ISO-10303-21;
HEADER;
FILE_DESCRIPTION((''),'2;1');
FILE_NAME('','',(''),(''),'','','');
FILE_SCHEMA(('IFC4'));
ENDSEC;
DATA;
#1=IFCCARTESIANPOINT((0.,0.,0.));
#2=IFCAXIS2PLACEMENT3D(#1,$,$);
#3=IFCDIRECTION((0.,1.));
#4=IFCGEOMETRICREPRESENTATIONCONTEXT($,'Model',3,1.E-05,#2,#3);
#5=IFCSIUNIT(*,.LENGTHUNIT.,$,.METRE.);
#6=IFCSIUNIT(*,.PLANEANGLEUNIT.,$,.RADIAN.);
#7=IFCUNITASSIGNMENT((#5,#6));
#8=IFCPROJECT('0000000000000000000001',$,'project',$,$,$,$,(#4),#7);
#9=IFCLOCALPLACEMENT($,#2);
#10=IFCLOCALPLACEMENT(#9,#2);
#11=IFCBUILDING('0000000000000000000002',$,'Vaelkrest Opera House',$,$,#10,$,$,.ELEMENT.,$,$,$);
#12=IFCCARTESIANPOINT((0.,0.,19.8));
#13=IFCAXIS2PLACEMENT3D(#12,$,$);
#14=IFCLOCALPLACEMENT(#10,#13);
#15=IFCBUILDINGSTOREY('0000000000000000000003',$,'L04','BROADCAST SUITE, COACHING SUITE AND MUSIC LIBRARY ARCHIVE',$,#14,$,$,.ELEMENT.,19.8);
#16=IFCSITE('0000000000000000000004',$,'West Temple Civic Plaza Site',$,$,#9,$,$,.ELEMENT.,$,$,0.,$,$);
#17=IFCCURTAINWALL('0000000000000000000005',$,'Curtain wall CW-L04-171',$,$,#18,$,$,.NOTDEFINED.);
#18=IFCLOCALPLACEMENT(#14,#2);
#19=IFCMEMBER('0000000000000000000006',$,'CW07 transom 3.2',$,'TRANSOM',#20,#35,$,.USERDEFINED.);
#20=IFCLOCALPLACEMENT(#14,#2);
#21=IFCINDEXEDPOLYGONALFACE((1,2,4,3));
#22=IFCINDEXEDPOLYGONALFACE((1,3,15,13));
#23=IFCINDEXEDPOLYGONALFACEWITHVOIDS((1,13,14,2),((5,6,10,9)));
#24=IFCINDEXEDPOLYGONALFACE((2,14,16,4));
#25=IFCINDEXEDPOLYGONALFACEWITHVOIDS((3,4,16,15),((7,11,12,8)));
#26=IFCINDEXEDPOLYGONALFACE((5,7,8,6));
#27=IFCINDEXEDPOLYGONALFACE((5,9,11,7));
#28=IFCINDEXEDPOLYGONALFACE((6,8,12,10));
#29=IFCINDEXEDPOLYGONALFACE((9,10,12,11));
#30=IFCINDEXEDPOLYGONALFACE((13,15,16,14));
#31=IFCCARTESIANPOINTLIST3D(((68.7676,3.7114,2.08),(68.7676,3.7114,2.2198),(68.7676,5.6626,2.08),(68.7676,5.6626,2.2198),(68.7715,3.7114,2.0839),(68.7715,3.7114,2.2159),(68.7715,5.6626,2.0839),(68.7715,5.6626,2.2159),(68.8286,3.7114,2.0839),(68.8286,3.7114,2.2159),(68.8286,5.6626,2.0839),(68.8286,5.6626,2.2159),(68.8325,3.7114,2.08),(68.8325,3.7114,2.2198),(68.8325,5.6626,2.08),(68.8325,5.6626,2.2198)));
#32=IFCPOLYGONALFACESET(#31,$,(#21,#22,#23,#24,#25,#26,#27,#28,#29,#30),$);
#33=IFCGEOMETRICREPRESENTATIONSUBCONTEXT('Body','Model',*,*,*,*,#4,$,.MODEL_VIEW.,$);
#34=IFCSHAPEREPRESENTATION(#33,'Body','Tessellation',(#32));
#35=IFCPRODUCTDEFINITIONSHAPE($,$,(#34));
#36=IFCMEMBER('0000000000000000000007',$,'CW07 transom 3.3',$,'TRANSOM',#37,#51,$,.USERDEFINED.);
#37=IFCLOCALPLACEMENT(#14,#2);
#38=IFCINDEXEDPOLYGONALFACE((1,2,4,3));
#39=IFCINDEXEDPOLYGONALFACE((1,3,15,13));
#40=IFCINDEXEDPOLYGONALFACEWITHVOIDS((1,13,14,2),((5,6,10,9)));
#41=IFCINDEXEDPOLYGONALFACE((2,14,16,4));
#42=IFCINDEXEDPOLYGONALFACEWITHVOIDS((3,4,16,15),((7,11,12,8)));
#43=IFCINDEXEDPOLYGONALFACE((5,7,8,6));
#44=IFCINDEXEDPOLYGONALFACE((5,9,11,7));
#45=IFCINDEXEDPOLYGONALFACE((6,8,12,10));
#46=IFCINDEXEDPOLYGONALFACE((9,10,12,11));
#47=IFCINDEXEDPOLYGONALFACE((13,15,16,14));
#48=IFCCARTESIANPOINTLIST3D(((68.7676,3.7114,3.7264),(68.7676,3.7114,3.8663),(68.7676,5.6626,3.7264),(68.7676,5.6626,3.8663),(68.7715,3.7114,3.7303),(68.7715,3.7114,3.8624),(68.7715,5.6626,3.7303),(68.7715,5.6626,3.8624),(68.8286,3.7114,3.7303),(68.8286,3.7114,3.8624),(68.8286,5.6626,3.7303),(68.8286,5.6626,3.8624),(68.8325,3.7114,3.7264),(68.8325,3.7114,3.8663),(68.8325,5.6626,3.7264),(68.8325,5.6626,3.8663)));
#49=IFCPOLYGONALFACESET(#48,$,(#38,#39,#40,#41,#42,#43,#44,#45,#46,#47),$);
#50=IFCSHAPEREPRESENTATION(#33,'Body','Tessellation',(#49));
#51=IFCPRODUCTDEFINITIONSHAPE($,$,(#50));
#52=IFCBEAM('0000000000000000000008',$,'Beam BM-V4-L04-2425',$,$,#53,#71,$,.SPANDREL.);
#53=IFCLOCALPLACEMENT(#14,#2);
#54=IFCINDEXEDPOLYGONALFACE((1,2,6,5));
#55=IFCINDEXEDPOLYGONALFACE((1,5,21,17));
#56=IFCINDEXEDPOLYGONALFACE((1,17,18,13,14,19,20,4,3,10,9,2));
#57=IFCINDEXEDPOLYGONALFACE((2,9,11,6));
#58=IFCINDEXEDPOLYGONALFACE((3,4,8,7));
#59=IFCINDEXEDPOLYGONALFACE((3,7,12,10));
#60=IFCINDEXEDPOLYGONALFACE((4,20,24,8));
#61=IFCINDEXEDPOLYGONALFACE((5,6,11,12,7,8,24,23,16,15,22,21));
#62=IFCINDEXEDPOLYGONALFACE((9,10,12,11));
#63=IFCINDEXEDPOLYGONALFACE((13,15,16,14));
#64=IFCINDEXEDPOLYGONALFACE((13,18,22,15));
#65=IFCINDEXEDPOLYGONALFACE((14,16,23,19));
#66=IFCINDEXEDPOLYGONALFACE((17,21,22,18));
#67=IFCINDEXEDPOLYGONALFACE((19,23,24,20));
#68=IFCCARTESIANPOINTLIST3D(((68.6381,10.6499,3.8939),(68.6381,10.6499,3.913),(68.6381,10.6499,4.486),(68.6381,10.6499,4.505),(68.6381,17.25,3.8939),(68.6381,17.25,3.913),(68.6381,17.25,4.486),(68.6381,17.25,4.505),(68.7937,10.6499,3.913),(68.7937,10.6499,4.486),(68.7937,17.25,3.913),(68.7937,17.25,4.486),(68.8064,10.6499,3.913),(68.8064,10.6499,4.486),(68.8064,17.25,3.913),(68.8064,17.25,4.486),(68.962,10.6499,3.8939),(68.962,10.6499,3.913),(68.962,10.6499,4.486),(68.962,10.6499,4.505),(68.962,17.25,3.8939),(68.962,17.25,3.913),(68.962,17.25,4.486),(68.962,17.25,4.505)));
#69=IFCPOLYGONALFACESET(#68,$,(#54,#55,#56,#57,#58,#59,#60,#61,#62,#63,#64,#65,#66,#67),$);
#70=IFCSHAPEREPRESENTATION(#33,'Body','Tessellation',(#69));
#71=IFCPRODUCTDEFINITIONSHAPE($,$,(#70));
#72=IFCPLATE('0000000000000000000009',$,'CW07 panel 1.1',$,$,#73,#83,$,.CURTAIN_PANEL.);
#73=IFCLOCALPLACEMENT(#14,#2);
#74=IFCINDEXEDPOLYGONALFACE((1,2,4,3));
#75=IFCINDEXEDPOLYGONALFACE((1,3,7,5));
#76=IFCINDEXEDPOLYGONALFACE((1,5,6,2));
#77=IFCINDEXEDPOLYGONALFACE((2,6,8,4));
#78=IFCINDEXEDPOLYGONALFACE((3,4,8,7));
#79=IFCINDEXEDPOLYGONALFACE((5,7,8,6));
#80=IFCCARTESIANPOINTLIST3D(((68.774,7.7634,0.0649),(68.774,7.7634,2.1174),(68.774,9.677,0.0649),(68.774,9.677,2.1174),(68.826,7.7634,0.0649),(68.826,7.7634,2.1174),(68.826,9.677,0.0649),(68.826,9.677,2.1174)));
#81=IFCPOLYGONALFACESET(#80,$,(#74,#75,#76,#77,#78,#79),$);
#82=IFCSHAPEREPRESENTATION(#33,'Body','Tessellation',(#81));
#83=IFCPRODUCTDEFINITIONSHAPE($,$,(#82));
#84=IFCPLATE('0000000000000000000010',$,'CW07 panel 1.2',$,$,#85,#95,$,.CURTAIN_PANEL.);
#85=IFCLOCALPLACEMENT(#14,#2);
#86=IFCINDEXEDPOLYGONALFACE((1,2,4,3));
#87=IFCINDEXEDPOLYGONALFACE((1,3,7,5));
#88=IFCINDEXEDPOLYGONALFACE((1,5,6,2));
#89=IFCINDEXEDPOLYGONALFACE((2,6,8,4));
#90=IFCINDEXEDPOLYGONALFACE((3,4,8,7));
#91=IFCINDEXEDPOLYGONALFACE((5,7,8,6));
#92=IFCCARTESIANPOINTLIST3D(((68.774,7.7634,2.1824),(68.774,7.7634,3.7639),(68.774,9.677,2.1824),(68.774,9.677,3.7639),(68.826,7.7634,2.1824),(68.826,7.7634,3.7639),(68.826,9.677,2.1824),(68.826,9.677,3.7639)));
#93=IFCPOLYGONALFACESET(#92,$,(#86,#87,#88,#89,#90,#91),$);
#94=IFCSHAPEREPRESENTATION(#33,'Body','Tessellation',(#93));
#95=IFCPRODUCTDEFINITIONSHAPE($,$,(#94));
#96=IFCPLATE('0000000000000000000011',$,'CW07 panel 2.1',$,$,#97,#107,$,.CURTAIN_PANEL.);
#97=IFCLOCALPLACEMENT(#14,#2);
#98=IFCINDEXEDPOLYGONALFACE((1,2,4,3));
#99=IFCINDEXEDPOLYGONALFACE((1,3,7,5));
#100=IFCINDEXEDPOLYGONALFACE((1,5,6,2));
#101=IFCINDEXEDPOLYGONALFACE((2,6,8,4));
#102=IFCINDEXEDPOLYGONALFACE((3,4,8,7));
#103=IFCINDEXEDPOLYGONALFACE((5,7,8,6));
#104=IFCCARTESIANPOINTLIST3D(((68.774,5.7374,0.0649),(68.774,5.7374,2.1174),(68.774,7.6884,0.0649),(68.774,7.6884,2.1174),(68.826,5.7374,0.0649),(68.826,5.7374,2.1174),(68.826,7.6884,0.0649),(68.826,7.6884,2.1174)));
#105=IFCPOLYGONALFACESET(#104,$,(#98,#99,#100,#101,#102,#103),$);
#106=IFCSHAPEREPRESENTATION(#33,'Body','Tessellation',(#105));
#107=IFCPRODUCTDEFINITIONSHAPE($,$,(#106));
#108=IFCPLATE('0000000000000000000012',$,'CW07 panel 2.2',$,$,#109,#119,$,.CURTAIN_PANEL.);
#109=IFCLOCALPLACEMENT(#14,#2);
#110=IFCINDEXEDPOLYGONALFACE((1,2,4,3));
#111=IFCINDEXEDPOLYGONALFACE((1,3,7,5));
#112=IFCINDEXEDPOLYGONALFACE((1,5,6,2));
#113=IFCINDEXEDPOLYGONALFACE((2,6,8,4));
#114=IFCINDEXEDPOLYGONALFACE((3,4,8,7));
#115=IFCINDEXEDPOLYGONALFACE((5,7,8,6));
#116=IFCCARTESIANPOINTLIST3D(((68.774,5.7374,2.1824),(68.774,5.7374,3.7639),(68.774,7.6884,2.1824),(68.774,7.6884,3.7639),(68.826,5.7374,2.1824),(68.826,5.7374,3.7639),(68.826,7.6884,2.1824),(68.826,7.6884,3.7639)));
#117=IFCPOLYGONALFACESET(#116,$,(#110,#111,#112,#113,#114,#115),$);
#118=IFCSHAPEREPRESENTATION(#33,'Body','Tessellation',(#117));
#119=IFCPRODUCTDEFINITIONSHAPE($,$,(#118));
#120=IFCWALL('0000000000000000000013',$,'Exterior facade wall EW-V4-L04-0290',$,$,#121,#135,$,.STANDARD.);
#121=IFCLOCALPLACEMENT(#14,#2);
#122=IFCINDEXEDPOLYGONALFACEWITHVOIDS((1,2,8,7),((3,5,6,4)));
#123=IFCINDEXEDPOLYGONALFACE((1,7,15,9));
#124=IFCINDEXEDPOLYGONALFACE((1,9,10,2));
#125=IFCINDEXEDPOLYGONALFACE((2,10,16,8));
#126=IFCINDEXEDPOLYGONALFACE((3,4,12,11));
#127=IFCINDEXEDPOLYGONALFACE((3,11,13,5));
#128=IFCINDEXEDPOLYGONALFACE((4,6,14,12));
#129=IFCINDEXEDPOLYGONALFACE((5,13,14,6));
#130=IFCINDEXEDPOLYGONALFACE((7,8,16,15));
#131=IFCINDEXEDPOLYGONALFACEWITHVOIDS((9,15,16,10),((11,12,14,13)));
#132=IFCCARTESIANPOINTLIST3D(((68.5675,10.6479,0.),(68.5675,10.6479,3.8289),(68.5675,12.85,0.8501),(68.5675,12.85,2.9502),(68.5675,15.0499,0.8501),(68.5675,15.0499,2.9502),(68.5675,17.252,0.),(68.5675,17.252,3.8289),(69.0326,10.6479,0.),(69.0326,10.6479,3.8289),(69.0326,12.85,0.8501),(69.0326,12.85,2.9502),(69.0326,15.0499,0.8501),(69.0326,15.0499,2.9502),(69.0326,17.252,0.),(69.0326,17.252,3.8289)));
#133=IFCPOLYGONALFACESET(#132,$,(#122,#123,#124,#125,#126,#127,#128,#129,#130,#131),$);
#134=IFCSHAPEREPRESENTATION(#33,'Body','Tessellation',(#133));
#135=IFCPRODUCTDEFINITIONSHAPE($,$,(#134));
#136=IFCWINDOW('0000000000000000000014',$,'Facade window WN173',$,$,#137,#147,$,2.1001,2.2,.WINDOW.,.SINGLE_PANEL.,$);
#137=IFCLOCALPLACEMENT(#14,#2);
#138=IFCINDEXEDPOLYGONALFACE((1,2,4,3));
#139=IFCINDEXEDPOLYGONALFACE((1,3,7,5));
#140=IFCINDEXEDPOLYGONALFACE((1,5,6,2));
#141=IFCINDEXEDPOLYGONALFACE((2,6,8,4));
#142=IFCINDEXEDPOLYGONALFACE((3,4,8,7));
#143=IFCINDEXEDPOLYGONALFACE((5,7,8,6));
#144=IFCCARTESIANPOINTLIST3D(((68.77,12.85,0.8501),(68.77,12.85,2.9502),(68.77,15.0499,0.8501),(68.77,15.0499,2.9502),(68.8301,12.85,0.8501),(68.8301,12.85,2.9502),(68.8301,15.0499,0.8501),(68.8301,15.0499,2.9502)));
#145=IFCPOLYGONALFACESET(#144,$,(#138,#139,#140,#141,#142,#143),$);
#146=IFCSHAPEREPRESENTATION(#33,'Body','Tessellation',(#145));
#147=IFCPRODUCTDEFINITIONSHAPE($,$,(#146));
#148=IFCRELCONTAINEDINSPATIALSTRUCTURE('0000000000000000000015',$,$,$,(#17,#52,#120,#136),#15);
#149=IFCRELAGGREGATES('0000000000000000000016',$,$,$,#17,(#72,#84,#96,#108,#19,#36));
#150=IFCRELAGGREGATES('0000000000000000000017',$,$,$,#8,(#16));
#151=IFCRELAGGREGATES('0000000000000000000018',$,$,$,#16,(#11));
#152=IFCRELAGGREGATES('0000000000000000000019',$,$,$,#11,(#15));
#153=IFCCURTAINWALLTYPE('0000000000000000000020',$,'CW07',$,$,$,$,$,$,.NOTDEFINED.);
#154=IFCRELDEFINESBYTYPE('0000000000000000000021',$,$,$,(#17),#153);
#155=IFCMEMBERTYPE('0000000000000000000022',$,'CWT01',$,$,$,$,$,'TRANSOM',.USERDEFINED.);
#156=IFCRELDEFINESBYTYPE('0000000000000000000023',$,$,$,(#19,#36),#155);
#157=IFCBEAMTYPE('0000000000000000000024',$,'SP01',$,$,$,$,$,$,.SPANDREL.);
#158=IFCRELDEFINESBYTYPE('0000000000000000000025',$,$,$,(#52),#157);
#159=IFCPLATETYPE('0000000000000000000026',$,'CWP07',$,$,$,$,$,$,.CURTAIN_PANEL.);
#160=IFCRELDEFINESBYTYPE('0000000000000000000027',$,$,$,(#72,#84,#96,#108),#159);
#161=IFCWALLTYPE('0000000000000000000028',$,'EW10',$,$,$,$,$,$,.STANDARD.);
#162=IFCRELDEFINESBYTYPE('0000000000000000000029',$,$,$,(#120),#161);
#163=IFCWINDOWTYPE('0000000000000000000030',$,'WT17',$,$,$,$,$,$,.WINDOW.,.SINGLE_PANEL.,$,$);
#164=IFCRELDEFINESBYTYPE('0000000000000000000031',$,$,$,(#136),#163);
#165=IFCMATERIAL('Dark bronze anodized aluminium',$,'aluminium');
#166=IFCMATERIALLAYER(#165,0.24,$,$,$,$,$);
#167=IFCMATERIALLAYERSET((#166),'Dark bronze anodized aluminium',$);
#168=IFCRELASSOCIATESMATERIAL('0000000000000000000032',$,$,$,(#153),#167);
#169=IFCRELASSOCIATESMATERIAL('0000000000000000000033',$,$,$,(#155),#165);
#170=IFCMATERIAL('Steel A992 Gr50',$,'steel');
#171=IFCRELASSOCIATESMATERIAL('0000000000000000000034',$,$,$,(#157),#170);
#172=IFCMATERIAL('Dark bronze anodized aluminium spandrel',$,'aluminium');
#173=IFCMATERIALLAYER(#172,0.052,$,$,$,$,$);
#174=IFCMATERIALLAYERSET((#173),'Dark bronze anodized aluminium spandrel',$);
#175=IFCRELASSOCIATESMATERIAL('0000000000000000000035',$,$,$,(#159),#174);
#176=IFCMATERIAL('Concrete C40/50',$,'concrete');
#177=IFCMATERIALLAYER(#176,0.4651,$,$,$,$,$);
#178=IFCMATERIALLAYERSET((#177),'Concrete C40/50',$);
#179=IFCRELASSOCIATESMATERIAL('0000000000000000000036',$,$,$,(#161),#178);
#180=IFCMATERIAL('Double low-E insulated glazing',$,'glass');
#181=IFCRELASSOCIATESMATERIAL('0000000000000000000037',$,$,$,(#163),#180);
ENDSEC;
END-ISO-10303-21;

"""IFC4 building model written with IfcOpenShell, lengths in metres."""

from ifc_helpers import new_model, si_unit, direction, frame, frame_2d, origin, origin_2d, place, context, subcontext, project, spatial, rectangle, hollow_rectangle, i_section, extrude, material, layer, layer_set, material_profile, profile_set, type_object, element, fill, aggregate, save


model = new_model("IFC4")

# Units and contexts
model_context = context("Model", 3, precision=1e-05, world=origin(), true_north=direction((0.0, 1.0)))
body_context = subcontext(model_context, "Body", "Model", "MODEL_VIEW")
ifc_project = project(units=[si_unit("LENGTHUNIT", "METRE"), si_unit("PLANEANGLEUNIT", "RADIAN")], contexts=[model_context])

# Site, building, storey
site_placement = place(None, origin())
site = spatial("IfcSite", under=ifc_project, at=site_placement, Name="West Temple Civic Plaza Site", CompositionType="ELEMENT", RefElevation=0.0)
building_placement = place(site_placement, origin())
building = spatial("IfcBuilding", under=site, at=building_placement, Name="Vaelkrest Opera House", CompositionType="ELEMENT")
storey_placement = place(building_placement, frame((0.0, 0.0, 19.8)))
storey = spatial("IfcBuildingStorey", under=building, at=storey_placement, Name="L04", Description="BROADCAST SUITE, COACHING SUITE AND MUSIC LIBRARY ARCHIVE", CompositionType="ELEMENT", Elevation=19.8)

# Curtain wall, members
ifc_material_1 = material(Name="Dark bronze anodized aluminium", Category="aluminium")
ifc_layer_1 = layer(ifc_material_1, 0.24)
ifc_layer_set_1 = layer_set([ifc_layer_1], Name="Dark bronze anodized aluminium")
curtain_wall_type = type_object("IfcCurtainWallType", Name="CW07", PredefinedType="NOTDEFINED", material=ifc_layer_set_1)
curtain_wall_placement = place(storey_placement, origin())
curtain_wall = element("IfcCurtainWall", 1, at=curtain_wall_placement, inside=storey, type_object=curtain_wall_type, Name="Curtain wall CW-L04-171", PredefinedType="NOTDEFINED")
ifc_material_profile_1 = material_profile(ifc_material_1, hollow_rectangle(XDim=0.0649, YDim=0.1399, WallThickness=0.0039, at=origin_2d()), Name="CWT65X140")
ifc_profile_set_1 = profile_set([ifc_material_profile_1], Name="Dark bronze anodized aluminium")
member_type_1 = type_object("IfcMemberType", Name="CWT01", ElementType="TRANSOM", PredefinedType="USERDEFINED", material=ifc_profile_set_1)
member_1_placement = place(storey_placement, frame((68.8, 5.6626, 2.1499), z_axis=(0.0, -1.0, 0.0), x_axis=(1.0, 0.0, 0.0)))
member_1 = element("IfcMember", 2, at=member_1_placement, type_object=member_type_1, Name="CW07 transom 3.2", ObjectType="TRANSOM", PredefinedType="USERDEFINED", context=body_context, shape_type="SweptSolid", body=[
    extrude(hollow_rectangle(XDim=0.0649, YDim=0.1399, WallThickness=0.0039, at=origin_2d()), origin(), (0.0, 0.0, 1.0), 1.9512),
])
member_2_placement = place(storey_placement, frame((68.8, 5.6626, 3.7964), z_axis=(0.0, -1.0, 0.0), x_axis=(1.0, 0.0, 0.0)))
member_2 = element("IfcMember", 3, at=member_2_placement, type_object=member_type_1, Name="CW07 transom 3.3", ObjectType="TRANSOM", PredefinedType="USERDEFINED", context=body_context, shape_type="SweptSolid", body=[
    extrude(hollow_rectangle(XDim=0.0649, YDim=0.1399, WallThickness=0.0039, at=origin_2d()), origin(), (0.0, 0.0, 1.0), 1.9512),
])

# Beam
ifc_material_2 = material(Name="Steel A992 Gr50", Category="steel")
ifc_material_profile_2 = material_profile(ifc_material_2, i_section(OverallWidth=0.324, OverallDepth=0.6111, WebThickness=0.0127, FlangeThickness=0.019, at=origin_2d()), Name="W24X104")
ifc_profile_set_2 = profile_set([ifc_material_profile_2], Name="Steel A992 Gr50")
beam_type = type_object("IfcBeamType", Name="SP01", PredefinedType="SPANDREL", material=ifc_profile_set_2)
beam_placement = place(storey_placement, frame((68.8, 10.6499, 4.1995), z_axis=(0.0, 1.0, 0.0), x_axis=(-1.0, 0.0, 0.0)))
element("IfcBeam", 4, at=beam_placement, inside=storey, type_object=beam_type, Name="Beam BM-V4-L04-2425", PredefinedType="SPANDREL", context=body_context, shape_type="SweptSolid", body=[
    extrude(i_section(OverallWidth=0.324, OverallDepth=0.6111, WebThickness=0.0127, FlangeThickness=0.019, at=origin_2d()), origin(), (0.0, 0.0, 1.0), 6.6001),
])

# Plates
ifc_material_3 = material(Name="Dark bronze anodized aluminium spandrel", Category="aluminium")
ifc_layer_2 = layer(ifc_material_3, 0.052)
ifc_layer_set_2 = layer_set([ifc_layer_2], Name="Dark bronze anodized aluminium spandrel")
plate_type = type_object("IfcPlateType", Name="CWP07", PredefinedType="CURTAIN_PANEL", material=ifc_layer_set_2)
plate_1_placement = place(storey_placement, frame((68.8, 8.7202, 0.0649), z_axis=(0.0, 0.0, 1.0), x_axis=(0.0, -1.0, 0.0)))
plate_1 = element("IfcPlate", 5, at=plate_1_placement, type_object=plate_type, Name="CW07 panel 1.1", PredefinedType="CURTAIN_PANEL", context=body_context, shape_type="SweptSolid", body=[
    extrude(rectangle(XDim=1.9136, YDim=0.052, at=origin_2d()), origin(), (0.0, 0.0, 1.0), 2.0525),
])
plate_2_placement = place(storey_placement, frame((68.8, 8.7202, 2.1824), z_axis=(0.0, 0.0, 1.0), x_axis=(0.0, -1.0, 0.0)))
plate_2 = element("IfcPlate", 6, at=plate_2_placement, type_object=plate_type, Name="CW07 panel 1.2", PredefinedType="CURTAIN_PANEL", context=body_context, shape_type="SweptSolid", body=[
    extrude(rectangle(XDim=1.9136, YDim=0.052, at=origin_2d()), origin(), (0.0, 0.0, 1.0), 1.5815),
])
plate_3_placement = place(storey_placement, frame((68.8, 6.7129, 0.0649), z_axis=(0.0, 0.0, 1.0), x_axis=(0.0, -1.0, 0.0)))
plate_3 = element("IfcPlate", 7, at=plate_3_placement, type_object=plate_type, Name="CW07 panel 2.1", PredefinedType="CURTAIN_PANEL", context=body_context, shape_type="SweptSolid", body=[
    extrude(rectangle(XDim=1.9509, YDim=0.052, at=origin_2d()), origin(), (0.0, 0.0, 1.0), 2.0525),
])
plate_4_placement = place(storey_placement, frame((68.8, 6.7129, 2.1824), z_axis=(0.0, 0.0, 1.0), x_axis=(0.0, -1.0, 0.0)))
plate_4 = element("IfcPlate", 8, at=plate_4_placement, type_object=plate_type, Name="CW07 panel 2.2", PredefinedType="CURTAIN_PANEL", context=body_context, shape_type="SweptSolid", body=[
    extrude(rectangle(XDim=1.9509, YDim=0.052, at=origin_2d()), origin(), (0.0, 0.0, 1.0), 1.5815),
])
aggregate(curtain_wall, [plate_1, plate_2, plate_3, plate_4, member_1, member_2])

# Wall, opening, window
ifc_material_4 = material(Name="Concrete C40/50", Category="concrete")
ifc_layer_3 = layer(ifc_material_4, 0.4651)
ifc_layer_set_3 = layer_set([ifc_layer_3], Name="Concrete C40/50")
wall_type = type_object("IfcWallType", Name="EW10", PredefinedType="STANDARD", material=ifc_layer_set_3)
wall_placement = place(storey_placement, frame((68.8, 17.252, 0.0), z_axis=(0.0, 0.0, 1.0), x_axis=(0.0, -1.0, 0.0)))
wall = element("IfcWall", 9, at=wall_placement, inside=storey, type_object=wall_type, Name="Exterior facade wall EW-V4-L04-0290", PredefinedType="STANDARD", context=body_context, shape_type="SweptSolid", body=[
    extrude(rectangle(XDim=6.604, YDim=0.4651, at=frame_2d((3.302, 0.0))), origin(), (0.0, 0.0, 1.0), 3.8289),
])
opening_placement = place(wall_placement, frame((2.2019, 0.0, 0.8501)))
opening = element("IfcOpeningElement", 10, at=opening_placement, cuts=wall, PredefinedType="OPENING", context=body_context, shape_type="SweptSolid", body=[
    extrude(rectangle(XDim=2.2, YDim=2.1001, at=frame_2d((1.1001, 1.05))), frame((0.0, 0.2424, 0.0), z_axis=(0.0, -1.0, 0.0), x_axis=(1.0, 0.0, 0.0)), (0.0, 0.0, 1.0), 0.4851),
])
ifc_material_5 = material(Name="Double low-E insulated glazing", Category="glass")
window_type = type_object("IfcWindowType", Name="WT17", PartitioningType="SINGLE_PANEL", PredefinedType="WINDOW", material=ifc_material_5)
window_placement = place(opening_placement, origin())
window = element("IfcWindow", 11, at=window_placement, inside=storey, type_object=window_type, Name="Facade window WN173", OverallHeight=2.1001, OverallWidth=2.2, PartitioningType="SINGLE_PANEL", PredefinedType="WINDOW", context=body_context, shape_type="SweptSolid", body=[
    extrude(rectangle(XDim=2.2, YDim=2.1001, at=frame_2d((1.1001, 1.05))), frame((0.0, 0.03, 0.0), z_axis=(0.0, -1.0, 0.0), x_axis=(1.0, 0.0, 0.0)), (0.0, 0.0, 1.0), 0.0601),
])
fill(opening, window)

save(model, "model.ifc")
